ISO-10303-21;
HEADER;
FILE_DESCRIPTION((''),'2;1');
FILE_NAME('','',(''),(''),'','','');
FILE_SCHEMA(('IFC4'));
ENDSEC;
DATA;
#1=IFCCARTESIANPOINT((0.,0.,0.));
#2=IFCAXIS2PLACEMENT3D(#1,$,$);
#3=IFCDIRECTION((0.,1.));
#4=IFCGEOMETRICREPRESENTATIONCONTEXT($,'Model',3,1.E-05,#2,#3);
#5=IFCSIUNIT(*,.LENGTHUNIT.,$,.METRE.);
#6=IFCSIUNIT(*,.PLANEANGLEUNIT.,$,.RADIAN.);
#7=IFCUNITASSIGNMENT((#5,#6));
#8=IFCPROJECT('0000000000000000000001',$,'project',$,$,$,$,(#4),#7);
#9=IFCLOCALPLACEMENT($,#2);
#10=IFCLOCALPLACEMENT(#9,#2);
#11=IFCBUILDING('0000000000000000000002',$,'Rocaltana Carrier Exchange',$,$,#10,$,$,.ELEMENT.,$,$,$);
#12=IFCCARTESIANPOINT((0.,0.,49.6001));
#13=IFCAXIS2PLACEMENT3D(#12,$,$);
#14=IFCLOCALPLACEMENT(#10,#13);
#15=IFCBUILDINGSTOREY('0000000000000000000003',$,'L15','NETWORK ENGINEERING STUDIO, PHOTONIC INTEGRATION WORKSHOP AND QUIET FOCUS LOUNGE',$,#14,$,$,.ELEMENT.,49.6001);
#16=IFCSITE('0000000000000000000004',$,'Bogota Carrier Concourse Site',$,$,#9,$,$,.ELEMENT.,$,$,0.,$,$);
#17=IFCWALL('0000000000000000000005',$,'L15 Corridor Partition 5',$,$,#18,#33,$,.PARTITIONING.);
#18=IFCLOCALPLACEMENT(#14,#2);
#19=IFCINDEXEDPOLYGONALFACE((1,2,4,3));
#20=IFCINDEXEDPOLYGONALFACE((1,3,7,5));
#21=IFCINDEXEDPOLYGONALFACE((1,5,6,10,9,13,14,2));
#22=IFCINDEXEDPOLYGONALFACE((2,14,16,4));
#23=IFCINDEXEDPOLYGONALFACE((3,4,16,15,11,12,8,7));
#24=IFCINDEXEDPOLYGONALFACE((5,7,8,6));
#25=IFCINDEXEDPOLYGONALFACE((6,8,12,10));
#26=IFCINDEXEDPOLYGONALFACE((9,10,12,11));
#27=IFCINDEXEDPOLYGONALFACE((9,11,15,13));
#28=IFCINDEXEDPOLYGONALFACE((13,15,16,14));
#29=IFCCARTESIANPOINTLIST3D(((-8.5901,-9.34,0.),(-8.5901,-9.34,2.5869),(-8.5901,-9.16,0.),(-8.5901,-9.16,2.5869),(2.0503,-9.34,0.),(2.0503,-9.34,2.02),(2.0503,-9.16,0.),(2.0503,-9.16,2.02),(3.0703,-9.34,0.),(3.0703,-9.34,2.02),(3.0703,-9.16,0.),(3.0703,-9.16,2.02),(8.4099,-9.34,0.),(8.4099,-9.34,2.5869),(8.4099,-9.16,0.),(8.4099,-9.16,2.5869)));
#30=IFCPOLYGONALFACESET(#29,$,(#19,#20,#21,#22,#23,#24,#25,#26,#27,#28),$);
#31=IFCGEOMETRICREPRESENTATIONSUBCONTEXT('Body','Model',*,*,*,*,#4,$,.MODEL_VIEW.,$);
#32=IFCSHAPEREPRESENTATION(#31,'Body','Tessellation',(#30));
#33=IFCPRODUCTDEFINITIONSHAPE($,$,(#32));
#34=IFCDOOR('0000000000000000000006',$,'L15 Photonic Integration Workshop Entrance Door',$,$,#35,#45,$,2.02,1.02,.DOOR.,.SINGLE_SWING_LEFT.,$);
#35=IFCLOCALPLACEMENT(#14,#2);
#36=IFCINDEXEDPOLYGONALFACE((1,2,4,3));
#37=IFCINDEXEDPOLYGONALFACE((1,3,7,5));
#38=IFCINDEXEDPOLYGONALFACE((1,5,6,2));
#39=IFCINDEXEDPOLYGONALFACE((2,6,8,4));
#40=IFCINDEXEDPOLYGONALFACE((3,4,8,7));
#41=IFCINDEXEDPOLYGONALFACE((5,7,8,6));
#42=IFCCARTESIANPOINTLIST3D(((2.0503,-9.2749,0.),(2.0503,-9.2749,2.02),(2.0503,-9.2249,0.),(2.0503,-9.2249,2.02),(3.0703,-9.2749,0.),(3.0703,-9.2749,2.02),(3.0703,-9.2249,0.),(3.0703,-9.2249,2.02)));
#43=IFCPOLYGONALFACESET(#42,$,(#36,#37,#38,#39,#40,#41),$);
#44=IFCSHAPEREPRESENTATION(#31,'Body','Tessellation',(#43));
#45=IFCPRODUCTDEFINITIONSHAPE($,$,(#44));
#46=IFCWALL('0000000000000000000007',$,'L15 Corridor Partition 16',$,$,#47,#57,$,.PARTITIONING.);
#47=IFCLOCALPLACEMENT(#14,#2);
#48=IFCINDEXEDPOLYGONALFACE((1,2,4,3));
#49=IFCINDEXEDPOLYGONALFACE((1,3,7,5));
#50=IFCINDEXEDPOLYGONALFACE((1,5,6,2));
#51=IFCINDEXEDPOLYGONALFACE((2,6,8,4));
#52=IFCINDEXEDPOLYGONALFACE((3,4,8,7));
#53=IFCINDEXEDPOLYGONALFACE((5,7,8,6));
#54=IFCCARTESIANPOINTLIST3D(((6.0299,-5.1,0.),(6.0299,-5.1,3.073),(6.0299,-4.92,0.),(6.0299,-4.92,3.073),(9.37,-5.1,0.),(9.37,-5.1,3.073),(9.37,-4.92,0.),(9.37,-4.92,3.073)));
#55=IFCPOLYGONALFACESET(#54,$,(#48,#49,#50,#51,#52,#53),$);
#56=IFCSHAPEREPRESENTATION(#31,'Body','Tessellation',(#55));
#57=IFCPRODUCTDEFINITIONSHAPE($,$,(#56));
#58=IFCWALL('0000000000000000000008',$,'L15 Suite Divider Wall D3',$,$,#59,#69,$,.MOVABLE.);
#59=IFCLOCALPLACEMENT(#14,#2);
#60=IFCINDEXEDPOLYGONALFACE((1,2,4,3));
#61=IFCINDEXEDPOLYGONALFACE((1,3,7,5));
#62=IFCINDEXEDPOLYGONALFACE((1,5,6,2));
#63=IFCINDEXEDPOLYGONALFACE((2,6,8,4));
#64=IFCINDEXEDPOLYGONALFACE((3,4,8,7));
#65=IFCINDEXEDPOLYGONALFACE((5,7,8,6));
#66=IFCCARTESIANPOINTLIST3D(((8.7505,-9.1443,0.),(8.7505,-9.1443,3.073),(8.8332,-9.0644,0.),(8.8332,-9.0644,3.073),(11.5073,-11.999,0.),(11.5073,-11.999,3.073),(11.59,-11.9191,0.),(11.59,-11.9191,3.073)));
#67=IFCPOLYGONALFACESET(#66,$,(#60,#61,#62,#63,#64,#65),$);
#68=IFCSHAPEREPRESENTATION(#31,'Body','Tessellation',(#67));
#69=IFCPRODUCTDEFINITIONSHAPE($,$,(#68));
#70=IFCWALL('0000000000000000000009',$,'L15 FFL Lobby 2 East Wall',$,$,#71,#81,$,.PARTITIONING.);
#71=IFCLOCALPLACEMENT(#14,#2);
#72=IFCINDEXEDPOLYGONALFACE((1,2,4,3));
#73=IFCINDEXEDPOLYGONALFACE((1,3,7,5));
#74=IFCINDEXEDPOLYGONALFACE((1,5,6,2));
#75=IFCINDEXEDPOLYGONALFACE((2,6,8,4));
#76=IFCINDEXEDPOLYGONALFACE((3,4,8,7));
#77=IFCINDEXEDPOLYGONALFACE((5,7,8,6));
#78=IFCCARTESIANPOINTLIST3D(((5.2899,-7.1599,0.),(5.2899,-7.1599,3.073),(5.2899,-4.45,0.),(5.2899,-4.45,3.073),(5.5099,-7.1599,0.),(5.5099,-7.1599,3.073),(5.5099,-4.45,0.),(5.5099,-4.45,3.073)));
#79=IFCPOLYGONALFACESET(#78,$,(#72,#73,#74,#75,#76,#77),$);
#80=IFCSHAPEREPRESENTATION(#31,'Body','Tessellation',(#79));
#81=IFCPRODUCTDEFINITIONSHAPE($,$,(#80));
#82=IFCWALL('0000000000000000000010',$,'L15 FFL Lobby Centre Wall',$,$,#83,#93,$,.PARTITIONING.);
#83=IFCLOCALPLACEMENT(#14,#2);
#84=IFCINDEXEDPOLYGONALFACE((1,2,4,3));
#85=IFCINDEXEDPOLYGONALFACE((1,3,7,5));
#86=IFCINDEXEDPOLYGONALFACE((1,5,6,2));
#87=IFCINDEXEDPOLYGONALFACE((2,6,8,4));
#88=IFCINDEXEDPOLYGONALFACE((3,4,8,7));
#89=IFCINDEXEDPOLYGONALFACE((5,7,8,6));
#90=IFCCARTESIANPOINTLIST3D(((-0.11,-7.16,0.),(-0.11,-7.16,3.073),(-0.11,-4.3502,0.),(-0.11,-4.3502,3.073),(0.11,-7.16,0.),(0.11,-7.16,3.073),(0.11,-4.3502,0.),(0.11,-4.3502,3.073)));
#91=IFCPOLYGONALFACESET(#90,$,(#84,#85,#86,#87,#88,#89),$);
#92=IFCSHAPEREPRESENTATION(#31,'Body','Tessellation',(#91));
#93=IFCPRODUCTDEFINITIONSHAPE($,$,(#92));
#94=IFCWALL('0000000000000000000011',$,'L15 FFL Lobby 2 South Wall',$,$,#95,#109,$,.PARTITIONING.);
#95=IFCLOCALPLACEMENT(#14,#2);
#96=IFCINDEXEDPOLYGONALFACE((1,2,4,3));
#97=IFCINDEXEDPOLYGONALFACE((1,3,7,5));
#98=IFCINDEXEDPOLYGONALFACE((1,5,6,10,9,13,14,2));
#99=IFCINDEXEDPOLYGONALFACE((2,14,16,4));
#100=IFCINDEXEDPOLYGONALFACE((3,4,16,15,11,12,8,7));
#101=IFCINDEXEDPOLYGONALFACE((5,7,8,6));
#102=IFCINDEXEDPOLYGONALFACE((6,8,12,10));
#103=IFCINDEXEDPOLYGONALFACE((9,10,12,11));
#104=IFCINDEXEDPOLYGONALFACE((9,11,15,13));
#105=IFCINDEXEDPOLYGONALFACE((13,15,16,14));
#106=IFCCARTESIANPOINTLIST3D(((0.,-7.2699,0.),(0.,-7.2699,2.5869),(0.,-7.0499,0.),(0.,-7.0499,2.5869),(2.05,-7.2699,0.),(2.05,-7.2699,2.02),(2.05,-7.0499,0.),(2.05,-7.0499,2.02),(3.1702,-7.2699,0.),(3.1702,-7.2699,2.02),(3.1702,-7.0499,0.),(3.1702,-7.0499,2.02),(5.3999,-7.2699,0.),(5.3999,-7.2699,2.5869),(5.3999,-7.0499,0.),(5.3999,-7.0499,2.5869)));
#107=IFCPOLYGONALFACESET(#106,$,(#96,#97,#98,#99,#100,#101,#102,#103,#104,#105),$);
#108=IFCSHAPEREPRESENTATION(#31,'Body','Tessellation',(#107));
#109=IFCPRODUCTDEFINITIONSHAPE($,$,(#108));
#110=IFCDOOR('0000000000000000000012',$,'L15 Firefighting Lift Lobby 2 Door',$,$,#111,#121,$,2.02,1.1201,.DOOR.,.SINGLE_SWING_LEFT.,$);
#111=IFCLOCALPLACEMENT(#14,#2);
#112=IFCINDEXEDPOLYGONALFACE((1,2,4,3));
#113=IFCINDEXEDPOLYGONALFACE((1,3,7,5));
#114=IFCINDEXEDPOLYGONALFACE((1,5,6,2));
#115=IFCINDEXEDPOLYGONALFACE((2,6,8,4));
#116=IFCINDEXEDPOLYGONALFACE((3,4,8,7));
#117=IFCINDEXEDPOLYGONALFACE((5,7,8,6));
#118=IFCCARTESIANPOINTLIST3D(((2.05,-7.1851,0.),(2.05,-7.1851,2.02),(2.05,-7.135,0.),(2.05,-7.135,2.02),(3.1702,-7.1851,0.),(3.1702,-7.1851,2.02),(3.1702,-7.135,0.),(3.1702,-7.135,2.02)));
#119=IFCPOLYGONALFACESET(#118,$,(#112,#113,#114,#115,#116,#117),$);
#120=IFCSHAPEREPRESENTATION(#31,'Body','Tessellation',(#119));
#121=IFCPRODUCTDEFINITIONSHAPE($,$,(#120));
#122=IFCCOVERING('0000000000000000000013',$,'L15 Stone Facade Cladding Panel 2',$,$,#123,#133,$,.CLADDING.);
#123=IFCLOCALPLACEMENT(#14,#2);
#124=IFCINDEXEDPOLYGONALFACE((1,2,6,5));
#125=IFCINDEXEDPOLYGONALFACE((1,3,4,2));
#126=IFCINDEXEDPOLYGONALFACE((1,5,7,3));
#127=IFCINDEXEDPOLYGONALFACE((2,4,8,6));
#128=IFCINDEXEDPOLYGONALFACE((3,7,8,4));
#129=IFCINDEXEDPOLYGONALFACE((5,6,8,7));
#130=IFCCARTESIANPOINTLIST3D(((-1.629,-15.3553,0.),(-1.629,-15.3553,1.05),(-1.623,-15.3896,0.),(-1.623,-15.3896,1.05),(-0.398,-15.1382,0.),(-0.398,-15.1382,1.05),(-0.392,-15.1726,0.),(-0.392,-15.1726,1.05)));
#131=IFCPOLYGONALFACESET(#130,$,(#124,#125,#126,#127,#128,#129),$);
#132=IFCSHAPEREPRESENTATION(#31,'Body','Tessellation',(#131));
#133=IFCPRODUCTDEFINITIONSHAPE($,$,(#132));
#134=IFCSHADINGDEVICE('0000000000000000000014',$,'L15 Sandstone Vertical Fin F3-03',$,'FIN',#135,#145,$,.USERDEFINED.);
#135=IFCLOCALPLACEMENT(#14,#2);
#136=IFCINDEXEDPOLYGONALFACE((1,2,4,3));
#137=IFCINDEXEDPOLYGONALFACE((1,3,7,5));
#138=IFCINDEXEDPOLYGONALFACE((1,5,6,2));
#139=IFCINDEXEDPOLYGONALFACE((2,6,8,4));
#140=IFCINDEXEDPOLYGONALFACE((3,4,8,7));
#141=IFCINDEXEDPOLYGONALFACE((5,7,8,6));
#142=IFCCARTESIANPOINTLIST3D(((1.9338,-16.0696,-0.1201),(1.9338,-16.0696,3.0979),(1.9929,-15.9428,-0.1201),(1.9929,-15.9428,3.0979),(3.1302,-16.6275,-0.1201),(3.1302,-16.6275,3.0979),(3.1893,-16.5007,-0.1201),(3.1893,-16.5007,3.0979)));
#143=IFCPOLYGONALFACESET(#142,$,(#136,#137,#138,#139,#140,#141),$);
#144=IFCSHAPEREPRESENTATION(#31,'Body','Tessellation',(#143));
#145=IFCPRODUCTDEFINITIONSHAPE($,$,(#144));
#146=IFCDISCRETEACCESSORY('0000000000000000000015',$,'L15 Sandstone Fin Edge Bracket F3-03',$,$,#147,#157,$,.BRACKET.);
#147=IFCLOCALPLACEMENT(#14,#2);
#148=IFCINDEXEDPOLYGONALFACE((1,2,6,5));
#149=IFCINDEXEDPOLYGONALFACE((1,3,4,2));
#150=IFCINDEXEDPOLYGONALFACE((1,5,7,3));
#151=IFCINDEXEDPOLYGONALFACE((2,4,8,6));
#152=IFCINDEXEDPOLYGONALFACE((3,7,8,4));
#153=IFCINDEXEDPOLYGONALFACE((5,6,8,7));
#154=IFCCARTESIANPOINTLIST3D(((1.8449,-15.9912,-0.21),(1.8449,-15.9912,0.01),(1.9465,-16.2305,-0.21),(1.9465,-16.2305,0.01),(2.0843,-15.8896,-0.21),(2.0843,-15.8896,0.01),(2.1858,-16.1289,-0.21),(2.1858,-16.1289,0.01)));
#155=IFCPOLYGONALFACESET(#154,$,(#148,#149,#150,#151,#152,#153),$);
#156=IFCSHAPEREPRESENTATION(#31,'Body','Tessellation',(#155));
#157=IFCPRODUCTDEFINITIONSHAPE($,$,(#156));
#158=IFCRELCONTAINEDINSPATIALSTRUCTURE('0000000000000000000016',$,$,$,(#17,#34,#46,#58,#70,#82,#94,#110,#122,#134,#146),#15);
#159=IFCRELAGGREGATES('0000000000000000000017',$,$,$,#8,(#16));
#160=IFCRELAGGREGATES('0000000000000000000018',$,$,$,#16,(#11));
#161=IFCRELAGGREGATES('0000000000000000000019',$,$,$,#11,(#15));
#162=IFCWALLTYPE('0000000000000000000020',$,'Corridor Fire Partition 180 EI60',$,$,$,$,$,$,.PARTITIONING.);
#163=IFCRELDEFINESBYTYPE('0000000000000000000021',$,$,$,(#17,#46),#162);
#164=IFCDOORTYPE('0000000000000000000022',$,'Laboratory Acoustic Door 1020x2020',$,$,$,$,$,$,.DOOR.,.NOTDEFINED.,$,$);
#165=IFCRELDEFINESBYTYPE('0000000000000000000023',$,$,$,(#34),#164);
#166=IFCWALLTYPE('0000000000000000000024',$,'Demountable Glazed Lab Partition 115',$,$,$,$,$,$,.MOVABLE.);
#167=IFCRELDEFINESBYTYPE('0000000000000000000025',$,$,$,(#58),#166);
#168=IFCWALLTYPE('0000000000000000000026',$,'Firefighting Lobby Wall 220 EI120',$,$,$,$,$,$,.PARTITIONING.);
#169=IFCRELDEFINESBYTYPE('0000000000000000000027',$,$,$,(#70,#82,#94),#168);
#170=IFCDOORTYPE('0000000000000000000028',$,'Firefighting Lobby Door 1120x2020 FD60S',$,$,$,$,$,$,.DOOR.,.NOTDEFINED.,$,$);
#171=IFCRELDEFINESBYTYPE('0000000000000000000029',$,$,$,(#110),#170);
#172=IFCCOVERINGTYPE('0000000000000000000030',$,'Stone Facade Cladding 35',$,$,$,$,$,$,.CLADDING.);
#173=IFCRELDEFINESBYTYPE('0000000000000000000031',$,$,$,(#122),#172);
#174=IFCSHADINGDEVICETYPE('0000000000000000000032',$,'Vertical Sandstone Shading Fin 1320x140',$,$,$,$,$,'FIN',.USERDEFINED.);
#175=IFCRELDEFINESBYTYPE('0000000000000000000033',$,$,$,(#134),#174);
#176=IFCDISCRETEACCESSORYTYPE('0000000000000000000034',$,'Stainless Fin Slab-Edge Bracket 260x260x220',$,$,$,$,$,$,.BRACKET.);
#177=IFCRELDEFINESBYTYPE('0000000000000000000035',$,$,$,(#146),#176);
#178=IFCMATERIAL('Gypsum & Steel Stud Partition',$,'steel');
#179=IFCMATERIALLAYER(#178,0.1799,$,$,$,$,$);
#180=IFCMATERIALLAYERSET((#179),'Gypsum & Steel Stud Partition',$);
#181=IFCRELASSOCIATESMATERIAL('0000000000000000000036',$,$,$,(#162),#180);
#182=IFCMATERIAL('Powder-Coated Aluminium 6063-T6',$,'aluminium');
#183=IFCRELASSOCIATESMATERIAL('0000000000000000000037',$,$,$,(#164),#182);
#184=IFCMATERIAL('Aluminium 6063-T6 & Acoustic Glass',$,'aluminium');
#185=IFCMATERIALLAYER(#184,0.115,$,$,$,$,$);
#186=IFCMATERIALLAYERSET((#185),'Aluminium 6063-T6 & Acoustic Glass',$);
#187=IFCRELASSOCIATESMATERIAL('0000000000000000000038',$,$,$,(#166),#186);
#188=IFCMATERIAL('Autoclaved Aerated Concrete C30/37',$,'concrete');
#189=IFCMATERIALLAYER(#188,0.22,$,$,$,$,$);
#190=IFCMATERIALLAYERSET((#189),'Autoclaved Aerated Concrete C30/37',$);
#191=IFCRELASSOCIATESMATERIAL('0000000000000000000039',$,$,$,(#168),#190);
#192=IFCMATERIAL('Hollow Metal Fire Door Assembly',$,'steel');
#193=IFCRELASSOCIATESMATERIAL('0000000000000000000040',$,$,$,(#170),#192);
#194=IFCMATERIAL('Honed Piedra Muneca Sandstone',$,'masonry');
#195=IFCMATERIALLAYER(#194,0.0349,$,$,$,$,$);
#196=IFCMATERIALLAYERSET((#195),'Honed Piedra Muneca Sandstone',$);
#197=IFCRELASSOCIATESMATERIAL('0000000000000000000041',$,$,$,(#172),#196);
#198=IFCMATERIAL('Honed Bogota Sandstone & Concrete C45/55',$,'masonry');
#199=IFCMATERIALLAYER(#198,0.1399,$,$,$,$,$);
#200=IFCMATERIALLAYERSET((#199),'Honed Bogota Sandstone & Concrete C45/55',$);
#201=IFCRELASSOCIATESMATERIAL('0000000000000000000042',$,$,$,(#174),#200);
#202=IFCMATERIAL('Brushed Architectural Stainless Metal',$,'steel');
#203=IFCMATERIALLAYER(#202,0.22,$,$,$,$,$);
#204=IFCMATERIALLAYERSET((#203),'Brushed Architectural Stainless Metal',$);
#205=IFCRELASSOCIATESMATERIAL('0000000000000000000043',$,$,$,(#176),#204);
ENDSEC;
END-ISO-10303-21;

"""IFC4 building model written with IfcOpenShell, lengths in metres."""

from ifc_helpers import new_model, si_unit, direction, frame, frame_2d, origin, origin_2d, place, context, subcontext, project, spatial, rectangle, extrude, material, layer, layer_set, type_object, element, fill, save


model = new_model("IFC4")

# Units and contexts
model_context = context("Model", 3, precision=1e-05, world=origin(), true_north=direction((0.0, 1.0)))
body_context = subcontext(model_context, "Body", "Model", "MODEL_VIEW")
ifc_project = project(units=[si_unit("LENGTHUNIT", "METRE"), si_unit("PLANEANGLEUNIT", "RADIAN")], contexts=[model_context])

# Site, building, storey
site_placement = place(None, origin())
site = spatial("IfcSite", under=ifc_project, at=site_placement, Name="Bogota Carrier Concourse Site", CompositionType="ELEMENT", RefElevation=0.0)
building_placement = place(site_placement, origin())
building = spatial("IfcBuilding", under=site, at=building_placement, Name="Rocaltana Carrier Exchange", CompositionType="ELEMENT")
storey_placement = place(building_placement, frame((0.0, 0.0, 49.6001)))
storey = spatial("IfcBuildingStorey", under=building, at=storey_placement, Name="L15", Description="NETWORK ENGINEERING STUDIO, PHOTONIC INTEGRATION WORKSHOP AND QUIET FOCUS LOUNGE", CompositionType="ELEMENT", Elevation=49.6001)

# Wall, opening, door
ifc_material_1 = material(Name="Gypsum & Steel Stud Partition", Category="steel")
ifc_layer_1 = layer(ifc_material_1, 0.1799)
ifc_layer_set_1 = layer_set([ifc_layer_1], Name="Gypsum & Steel Stud Partition")
wall_type_1 = type_object("IfcWallType", Name="Corridor Fire Partition 180 EI60", PredefinedType="PARTITIONING", material=ifc_layer_set_1)
wall_1_placement = place(storey_placement, frame((8.4099, -9.25, 0.0), z_axis=(0.0, 0.0, 1.0), x_axis=(-1.0, 0.0, 0.0)))
wall_1 = element("IfcWall", 1, at=wall_1_placement, inside=storey, type_object=wall_type_1, Name="L15 Corridor Partition 5", PredefinedType="PARTITIONING", context=body_context, shape_type="SweptSolid", body=[
    extrude(rectangle(XDim=17.0, YDim=0.1799, at=frame_2d((8.5, 0.0))), origin(), (0.0, 0.0, 1.0), 2.5869),
])
opening_1_placement = place(wall_1_placement, frame((5.3396, 0.0, 0.0)))
opening_1 = element("IfcOpeningElement", 2, at=opening_1_placement, cuts=wall_1, PredefinedType="OPENING", context=body_context, shape_type="SweptSolid", body=[
    extrude(rectangle(XDim=1.02, YDim=2.02, at=frame_2d((0.51, 1.01))), frame((0.0, 0.0999, 0.0), z_axis=(0.0, -1.0, 0.0), x_axis=(1.0, 0.0, 0.0)), (0.0, 0.0, 1.0), 0.2),
])
ifc_material_2 = material(Name="Powder-Coated Aluminium 6063-T6", Category="aluminium")
door_type_1 = type_object("IfcDoorType", Name="Laboratory Acoustic Door 1020x2020", OperationType="NOTDEFINED", PredefinedType="DOOR", material=ifc_material_2)
door_1_placement = place(opening_1_placement, origin())
door_1 = element("IfcDoor", 3, at=door_1_placement, inside=storey, type_object=door_type_1, Name="L15 Photonic Integration Workshop Entrance Door", OperationType="SINGLE_SWING_LEFT", OverallHeight=2.02, OverallWidth=1.02, PredefinedType="DOOR", context=body_context, shape_type="SweptSolid", body=[
    extrude(rectangle(XDim=1.02, YDim=2.02, at=frame_2d((0.51, 1.01))), frame((0.0, 0.0249, 0.0), z_axis=(0.0, -1.0, 0.0), x_axis=(1.0, 0.0, 0.0)), (0.0, 0.0, 1.0), 0.05),
])
fill(opening_1, door_1)

# Walls
wall_2_placement = place(storey_placement, frame((6.03, -5.01, 0.0), z_axis=(0.0, 0.0, 1.0), x_axis=(1.0, 0.0, 0.0)))
element("IfcWall", 4, at=wall_2_placement, inside=storey, type_object=wall_type_1, Name="L15 Corridor Partition 16", PredefinedType="PARTITIONING", context=body_context, shape_type="SweptSolid", body=[
    extrude(rectangle(XDim=3.3401, YDim=0.1799, at=frame_2d((1.6699, 0.0))), origin(), (0.0, 0.0, 1.0), 3.073),
])
ifc_material_3 = material(Name="Aluminium 6063-T6 & Acoustic Glass", Category="aluminium")
ifc_layer_2 = layer(ifc_material_3, 0.115)
ifc_layer_set_2 = layer_set([ifc_layer_2], Name="Aluminium 6063-T6 & Acoustic Glass")
wall_type_2 = type_object("IfcWallType", Name="Demountable Glazed Lab Partition 115", PredefinedType="MOVABLE", material=ifc_layer_set_2)
wall_3_placement = place(storey_placement, frame((8.7917, -9.1042, 0.0), z_axis=(0.0, 0.0, 1.0), x_axis=(0.694665, -0.719334, 0.0)))
element("IfcWall", 5, at=wall_3_placement, inside=storey, type_object=wall_type_2, Name="L15 Suite Divider Wall D3", PredefinedType="MOVABLE", context=body_context, shape_type="SweptSolid", body=[
    extrude(rectangle(XDim=3.9685, YDim=0.115, at=frame_2d((1.9844, 0.0))), origin(), (0.0, 0.0, 1.0), 3.073),
])
ifc_material_4 = material(Name="Autoclaved Aerated Concrete C30/37", Category="concrete")
ifc_layer_3 = layer(ifc_material_4, 0.22)
ifc_layer_set_3 = layer_set([ifc_layer_3], Name="Autoclaved Aerated Concrete C30/37")
wall_type_3 = type_object("IfcWallType", Name="Firefighting Lobby Wall 220 EI120", PredefinedType="PARTITIONING", material=ifc_layer_set_3)
wall_4_placement = place(storey_placement, frame((5.3999, -7.1599, 0.0), z_axis=(0.0, 0.0, 1.0), x_axis=(0.0, 1.0, 0.0)))
element("IfcWall", 6, at=wall_4_placement, inside=storey, type_object=wall_type_3, Name="L15 FFL Lobby 2 East Wall", PredefinedType="PARTITIONING", context=body_context, shape_type="SweptSolid", body=[
    extrude(rectangle(XDim=2.71, YDim=0.22, at=frame_2d((1.355, 0.0))), origin(), (0.0, 0.0, 1.0), 3.073),
])
wall_5_placement = place(storey_placement, frame((0.0, -7.1599, 0.0), z_axis=(0.0, 0.0, 1.0), x_axis=(0.0, 1.0, 0.0)))
element("IfcWall", 7, at=wall_5_placement, inside=storey, type_object=wall_type_3, Name="L15 FFL Lobby Centre Wall", PredefinedType="PARTITIONING", context=body_context, shape_type="SweptSolid", body=[
    extrude(rectangle(XDim=2.8098, YDim=0.22, at=frame_2d((1.4048, 0.0))), origin(), (0.0, 0.0, 1.0), 3.073),
])

# Wall, opening, door
wall_6_placement = place(storey_placement, frame((0.0, -7.1599, 0.0), z_axis=(0.0, 0.0, 1.0), x_axis=(1.0, 0.0, 0.0)))
wall_6 = element("IfcWall", 8, at=wall_6_placement, inside=storey, type_object=wall_type_3, Name="L15 FFL Lobby 2 South Wall", PredefinedType="PARTITIONING", context=body_context, shape_type="SweptSolid", body=[
    extrude(rectangle(XDim=5.3999, YDim=0.22, at=frame_2d((2.7, 0.0))), origin(), (0.0, 0.0, 1.0), 2.5869),
])
opening_2_placement = place(wall_6_placement, frame((2.05, 0.0, 0.0)))
opening_2 = element("IfcOpeningElement", 9, at=opening_2_placement, cuts=wall_6, PredefinedType="OPENING", context=body_context, shape_type="SweptSolid", body=[
    extrude(rectangle(XDim=1.1201, YDim=2.02, at=frame_2d((0.5601, 1.01))), frame((0.0, 0.1199, 0.0), z_axis=(0.0, -1.0, 0.0), x_axis=(1.0, 0.0, 0.0)), (0.0, 0.0, 1.0), 0.24),
])
ifc_material_5 = material(Name="Hollow Metal Fire Door Assembly", Category="steel")
door_type_2 = type_object("IfcDoorType", Name="Firefighting Lobby Door 1120x2020 FD60S", OperationType="NOTDEFINED", PredefinedType="DOOR", material=ifc_material_5)
door_2_placement = place(opening_2_placement, origin())
door_2 = element("IfcDoor", 10, at=door_2_placement, inside=storey, type_object=door_type_2, Name="L15 Firefighting Lift Lobby 2 Door", OperationType="SINGLE_SWING_LEFT", OverallHeight=2.02, OverallWidth=1.1201, PredefinedType="DOOR", context=body_context, shape_type="SweptSolid", body=[
    extrude(rectangle(XDim=1.1201, YDim=2.02, at=frame_2d((0.5601, 1.01))), frame((0.0, 0.0249, 0.0), z_axis=(0.0, -1.0, 0.0), x_axis=(1.0, 0.0, 0.0)), (0.0, 0.0, 1.0), 0.05),
])
fill(opening_2, door_2)

# Covering
ifc_material_6 = material(Name="Honed Piedra Muneca Sandstone", Category="masonry")
ifc_layer_4 = layer(ifc_material_6, 0.0349)
ifc_layer_set_4 = layer_set([ifc_layer_4], Name="Honed Piedra Muneca Sandstone")
covering_type = type_object("IfcCoveringType", Name="Stone Facade Cladding 35", PredefinedType="CLADDING", material=ifc_layer_set_4)
covering_placement = place(storey_placement, frame((-1.0105, -15.2639, 0.0), z_axis=(0.0, 0.0, 1.0), x_axis=(0.984808, 0.173648, 0.0)))
element("IfcCovering", 11, at=covering_placement, inside=storey, type_object=covering_type, Name="L15 Stone Facade Cladding Panel 2", PredefinedType="CLADDING", context=body_context, shape_type="SweptSolid", body=[
    extrude(rectangle(XDim=1.25, YDim=0.0349, at=origin_2d()), origin(), (0.0, 0.0, 1.0), 1.05),
])

# Shading device
ifc_material_7 = material(Name="Honed Bogota Sandstone & Concrete C45/55", Category="masonry")
ifc_layer_5 = layer(ifc_material_7, 0.1399)
ifc_layer_set_5 = layer_set([ifc_layer_5], Name="Honed Bogota Sandstone & Concrete C45/55")
shading_device_type = type_object("IfcShadingDeviceType", Name="Vertical Sandstone Shading Fin 1320x140", ElementType="FIN", PredefinedType="USERDEFINED", material=ifc_layer_set_5)
shading_device_placement = place(storey_placement, frame((2.5615, -16.2852, -0.1201), z_axis=(0.0, 0.0, 1.0), x_axis=(0.906308, -0.422618, 0.0)))
element("IfcShadingDevice", 12, at=shading_device_placement, inside=storey, type_object=shading_device_type, Name="L15 Sandstone Vertical Fin F3-03", ObjectType="FIN", PredefinedType="USERDEFINED", context=body_context, shape_type="SweptSolid", body=[
    extrude(rectangle(XDim=1.3201, YDim=0.1399, at=origin_2d()), origin(), (0.0, 0.0, 1.0), 3.218),
])

# Discrete accessory
ifc_material_8 = material(Name="Brushed Architectural Stainless Metal", Category="steel")
ifc_layer_6 = layer(ifc_material_8, 0.22)
ifc_layer_set_6 = layer_set([ifc_layer_6], Name="Brushed Architectural Stainless Metal")
discrete_accessory_type = type_object("IfcDiscreteAccessoryType", Name="Stainless Fin Slab-Edge Bracket 260x260x220", PredefinedType="BRACKET", material=ifc_layer_set_6)
discrete_accessory_placement = place(storey_placement, frame((2.0154, -16.0601, -0.21), z_axis=(0.0, 0.0, 1.0), x_axis=(0.920505, 0.390731, 0.0)))
element("IfcDiscreteAccessory", 13, at=discrete_accessory_placement, inside=storey, type_object=discrete_accessory_type, Name="L15 Sandstone Fin Edge Bracket F3-03", PredefinedType="BRACKET", context=body_context, shape_type="SweptSolid", body=[
    extrude(rectangle(XDim=0.26, YDim=0.26, at=origin_2d()), origin(), (0.0, 0.0, 1.0), 0.22),
])

save(model, "model.ifc")
